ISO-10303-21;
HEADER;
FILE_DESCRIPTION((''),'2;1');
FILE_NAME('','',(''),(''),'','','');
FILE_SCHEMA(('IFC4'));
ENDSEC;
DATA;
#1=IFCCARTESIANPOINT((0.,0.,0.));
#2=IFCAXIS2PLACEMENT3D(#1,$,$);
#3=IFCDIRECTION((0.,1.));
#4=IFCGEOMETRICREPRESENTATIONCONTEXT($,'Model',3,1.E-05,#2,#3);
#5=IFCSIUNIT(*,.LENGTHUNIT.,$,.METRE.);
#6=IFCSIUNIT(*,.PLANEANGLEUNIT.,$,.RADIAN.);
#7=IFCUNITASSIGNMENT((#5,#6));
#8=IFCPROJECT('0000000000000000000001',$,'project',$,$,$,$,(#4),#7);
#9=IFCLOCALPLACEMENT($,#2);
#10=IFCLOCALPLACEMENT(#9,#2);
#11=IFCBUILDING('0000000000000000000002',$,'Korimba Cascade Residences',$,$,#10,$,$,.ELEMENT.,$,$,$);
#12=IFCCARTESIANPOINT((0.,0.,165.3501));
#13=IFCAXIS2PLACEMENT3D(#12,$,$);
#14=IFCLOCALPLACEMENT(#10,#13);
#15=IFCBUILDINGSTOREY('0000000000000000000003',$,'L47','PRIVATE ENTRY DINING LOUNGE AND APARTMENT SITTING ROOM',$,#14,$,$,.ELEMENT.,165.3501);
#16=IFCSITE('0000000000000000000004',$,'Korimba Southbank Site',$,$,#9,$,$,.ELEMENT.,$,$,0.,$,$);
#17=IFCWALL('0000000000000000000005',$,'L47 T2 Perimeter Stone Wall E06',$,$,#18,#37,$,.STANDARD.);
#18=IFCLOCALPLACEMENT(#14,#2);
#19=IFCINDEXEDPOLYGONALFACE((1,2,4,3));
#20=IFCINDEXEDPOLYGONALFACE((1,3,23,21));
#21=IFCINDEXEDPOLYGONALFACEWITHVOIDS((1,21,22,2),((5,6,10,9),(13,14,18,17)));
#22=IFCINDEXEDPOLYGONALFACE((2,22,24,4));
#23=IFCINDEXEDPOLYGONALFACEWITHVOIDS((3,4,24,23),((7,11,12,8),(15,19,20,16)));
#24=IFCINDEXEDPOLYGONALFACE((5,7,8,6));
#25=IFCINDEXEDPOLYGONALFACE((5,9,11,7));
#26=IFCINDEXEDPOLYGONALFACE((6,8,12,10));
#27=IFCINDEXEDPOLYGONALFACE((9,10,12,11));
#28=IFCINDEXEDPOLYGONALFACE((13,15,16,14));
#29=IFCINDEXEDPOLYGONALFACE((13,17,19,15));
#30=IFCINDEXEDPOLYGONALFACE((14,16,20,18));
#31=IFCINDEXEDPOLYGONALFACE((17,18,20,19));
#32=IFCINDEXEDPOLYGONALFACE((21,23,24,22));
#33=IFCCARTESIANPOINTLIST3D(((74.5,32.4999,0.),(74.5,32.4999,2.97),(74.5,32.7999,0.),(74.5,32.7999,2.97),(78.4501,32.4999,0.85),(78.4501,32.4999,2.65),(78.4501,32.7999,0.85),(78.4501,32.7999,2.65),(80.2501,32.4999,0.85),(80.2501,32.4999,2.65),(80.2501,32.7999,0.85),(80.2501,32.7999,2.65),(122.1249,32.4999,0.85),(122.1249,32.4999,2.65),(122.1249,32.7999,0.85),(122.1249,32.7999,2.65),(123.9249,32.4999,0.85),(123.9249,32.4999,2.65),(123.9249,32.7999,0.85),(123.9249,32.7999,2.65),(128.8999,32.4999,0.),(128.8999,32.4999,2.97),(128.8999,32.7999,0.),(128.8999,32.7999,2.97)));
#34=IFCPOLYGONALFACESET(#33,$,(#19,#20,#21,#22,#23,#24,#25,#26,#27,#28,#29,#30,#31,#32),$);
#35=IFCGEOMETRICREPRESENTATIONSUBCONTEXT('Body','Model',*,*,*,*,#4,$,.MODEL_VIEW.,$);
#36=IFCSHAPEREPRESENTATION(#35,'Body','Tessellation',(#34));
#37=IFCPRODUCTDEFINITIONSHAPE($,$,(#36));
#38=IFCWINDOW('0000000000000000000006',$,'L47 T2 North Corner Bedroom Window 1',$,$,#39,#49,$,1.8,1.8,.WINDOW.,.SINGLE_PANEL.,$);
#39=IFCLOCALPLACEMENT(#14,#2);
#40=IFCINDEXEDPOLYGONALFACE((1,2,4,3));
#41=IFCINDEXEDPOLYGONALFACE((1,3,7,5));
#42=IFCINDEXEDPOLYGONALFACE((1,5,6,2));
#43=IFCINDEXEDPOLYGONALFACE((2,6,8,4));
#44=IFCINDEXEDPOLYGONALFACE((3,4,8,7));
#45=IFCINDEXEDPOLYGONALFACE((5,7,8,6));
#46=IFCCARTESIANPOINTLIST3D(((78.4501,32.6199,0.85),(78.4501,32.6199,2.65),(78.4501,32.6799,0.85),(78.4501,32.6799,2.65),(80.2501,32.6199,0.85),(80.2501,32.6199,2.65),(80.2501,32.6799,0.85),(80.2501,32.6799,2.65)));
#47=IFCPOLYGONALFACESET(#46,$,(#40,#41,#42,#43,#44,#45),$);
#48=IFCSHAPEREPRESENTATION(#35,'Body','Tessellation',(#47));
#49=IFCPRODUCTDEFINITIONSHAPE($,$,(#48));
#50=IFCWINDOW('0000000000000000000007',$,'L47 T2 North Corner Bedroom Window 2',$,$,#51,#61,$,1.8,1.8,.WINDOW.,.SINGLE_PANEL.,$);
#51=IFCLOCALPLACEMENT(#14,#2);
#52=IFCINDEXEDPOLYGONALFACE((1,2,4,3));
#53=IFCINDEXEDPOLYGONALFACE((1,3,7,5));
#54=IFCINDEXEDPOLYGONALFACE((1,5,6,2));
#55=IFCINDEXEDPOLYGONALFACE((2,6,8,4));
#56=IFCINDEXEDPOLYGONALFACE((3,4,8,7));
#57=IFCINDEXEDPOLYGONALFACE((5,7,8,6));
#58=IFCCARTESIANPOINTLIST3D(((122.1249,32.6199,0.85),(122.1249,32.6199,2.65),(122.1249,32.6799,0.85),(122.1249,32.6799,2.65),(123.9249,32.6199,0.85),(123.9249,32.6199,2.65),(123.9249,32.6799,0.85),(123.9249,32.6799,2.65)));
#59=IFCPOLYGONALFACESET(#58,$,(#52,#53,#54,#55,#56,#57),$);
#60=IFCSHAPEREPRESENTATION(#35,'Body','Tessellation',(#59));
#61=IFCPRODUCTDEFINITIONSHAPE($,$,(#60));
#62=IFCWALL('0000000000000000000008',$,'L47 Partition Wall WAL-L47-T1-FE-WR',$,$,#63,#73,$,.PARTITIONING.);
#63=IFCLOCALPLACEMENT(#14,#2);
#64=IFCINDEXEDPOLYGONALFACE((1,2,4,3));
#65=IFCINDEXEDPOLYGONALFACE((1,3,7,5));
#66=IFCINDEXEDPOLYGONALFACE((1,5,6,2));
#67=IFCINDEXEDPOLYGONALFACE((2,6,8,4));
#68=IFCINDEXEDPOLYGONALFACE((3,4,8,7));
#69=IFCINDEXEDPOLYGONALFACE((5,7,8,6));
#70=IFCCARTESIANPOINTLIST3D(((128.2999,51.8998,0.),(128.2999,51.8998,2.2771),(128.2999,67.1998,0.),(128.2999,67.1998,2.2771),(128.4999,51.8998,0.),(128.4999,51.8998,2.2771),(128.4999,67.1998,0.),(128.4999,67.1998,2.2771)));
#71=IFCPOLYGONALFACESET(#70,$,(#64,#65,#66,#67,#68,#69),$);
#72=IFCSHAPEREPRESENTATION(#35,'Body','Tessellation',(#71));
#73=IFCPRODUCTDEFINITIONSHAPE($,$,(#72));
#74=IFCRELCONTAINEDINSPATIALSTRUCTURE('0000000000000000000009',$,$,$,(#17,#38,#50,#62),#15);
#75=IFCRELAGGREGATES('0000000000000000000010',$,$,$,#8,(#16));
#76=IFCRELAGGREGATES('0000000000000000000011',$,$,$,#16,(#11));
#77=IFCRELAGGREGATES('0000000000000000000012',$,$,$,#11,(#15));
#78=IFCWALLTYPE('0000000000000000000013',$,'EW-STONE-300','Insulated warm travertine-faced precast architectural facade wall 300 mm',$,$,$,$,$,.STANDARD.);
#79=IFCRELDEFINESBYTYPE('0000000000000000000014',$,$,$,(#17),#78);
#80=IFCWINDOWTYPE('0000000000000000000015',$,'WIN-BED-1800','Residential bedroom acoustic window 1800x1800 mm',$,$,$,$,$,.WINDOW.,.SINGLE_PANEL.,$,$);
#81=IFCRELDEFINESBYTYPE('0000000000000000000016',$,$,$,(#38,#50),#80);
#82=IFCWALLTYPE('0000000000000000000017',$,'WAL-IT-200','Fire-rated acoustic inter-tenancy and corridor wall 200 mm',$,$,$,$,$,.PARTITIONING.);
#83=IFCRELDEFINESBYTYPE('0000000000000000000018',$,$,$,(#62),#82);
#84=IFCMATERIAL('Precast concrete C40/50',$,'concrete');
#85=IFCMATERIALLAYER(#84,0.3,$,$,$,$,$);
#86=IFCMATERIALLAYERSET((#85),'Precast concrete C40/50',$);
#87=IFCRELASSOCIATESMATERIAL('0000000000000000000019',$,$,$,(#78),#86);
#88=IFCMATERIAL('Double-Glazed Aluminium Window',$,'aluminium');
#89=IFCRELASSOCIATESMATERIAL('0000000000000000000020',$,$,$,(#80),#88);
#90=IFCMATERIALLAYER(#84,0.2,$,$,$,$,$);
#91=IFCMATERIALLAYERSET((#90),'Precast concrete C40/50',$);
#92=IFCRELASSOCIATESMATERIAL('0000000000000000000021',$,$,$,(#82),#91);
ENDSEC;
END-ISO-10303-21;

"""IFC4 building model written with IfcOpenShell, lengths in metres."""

from ifc_helpers import new_model, si_unit, direction, frame, frame_2d, origin, place, context, subcontext, project, spatial, rectangle, extrude, material, layer, layer_set, type_object, element, fill, save


model = new_model("IFC4")

# Units and contexts
model_context = context("Model", 3, precision=1e-05, world=origin(), true_north=direction((0.0, 1.0)))
body_context = subcontext(model_context, "Body", "Model", "MODEL_VIEW")
ifc_project = project(units=[si_unit("LENGTHUNIT", "METRE"), si_unit("PLANEANGLEUNIT", "RADIAN")], contexts=[model_context])

# Site, building, storey
site_placement = place(None, origin())
site = spatial("IfcSite", under=ifc_project, at=site_placement, Name="Korimba Southbank Site", CompositionType="ELEMENT", RefElevation=0.0)
building_placement = place(site_placement, origin())
building = spatial("IfcBuilding", under=site, at=building_placement, Name="Korimba Cascade Residences", CompositionType="ELEMENT")
storey_placement = place(building_placement, frame((0.0, 0.0, 165.3501)))
storey = spatial("IfcBuildingStorey", under=building, at=storey_placement, Name="L47", Description="PRIVATE ENTRY DINING LOUNGE AND APARTMENT SITTING ROOM", CompositionType="ELEMENT", Elevation=165.3501)

# Shared definitions
ifc_material_1 = material(Name="Precast concrete C40/50", Category="concrete")
ifc_layer_1 = layer(ifc_material_1, 0.3)
ifc_layer_set_1 = layer_set([ifc_layer_1], Name="Precast concrete C40/50")
wall_type_1 = type_object("IfcWallType", Name="EW-STONE-300", Description="Insulated warm travertine-faced precast architectural facade wall 300 mm", PredefinedType="STANDARD", material=ifc_layer_set_1)

# Wall, openings, windows
ifc_material_2 = material(Name="Double-Glazed Aluminium Window", Category="aluminium")
wall_1_placement = place(storey_placement, frame((128.8999, 32.6499, 0.0), z_axis=(0.0, 0.0, 1.0), x_axis=(-1.0, 0.0, 0.0)))
wall_1 = element("IfcWall", 1, at=wall_1_placement, inside=storey, type_object=wall_type_1, Name="L47 T2 Perimeter Stone Wall E06", PredefinedType="STANDARD", context=body_context, shape_type="SweptSolid", body=[
    extrude(rectangle(XDim=54.3999, YDim=0.3, at=frame_2d((27.2, 0.0))), origin(), (0.0, 0.0, 1.0), 2.97),
])
opening_1_placement = place(wall_1_placement, frame((48.6499, 0.0, 0.8501)))
opening_1 = element("IfcOpeningElement", 2, at=opening_1_placement, cuts=wall_1, PredefinedType="OPENING", context=body_context, shape_type="SweptSolid", body=[
    extrude(rectangle(XDim=1.8, YDim=1.8, at=frame_2d((0.8999, 0.8999))), frame((0.0, 0.1602, 0.0), z_axis=(0.0, -1.0, 0.0), x_axis=(1.0, 0.0, 0.0)), (0.0, 0.0, 1.0), 0.3201),
])
opening_2_placement = place(wall_1_placement, frame((4.9751, 0.0, 0.8501)))
opening_2 = element("IfcOpeningElement", 3, at=opening_2_placement, cuts=wall_1, PredefinedType="OPENING", context=body_context, shape_type="SweptSolid", body=[
    extrude(rectangle(XDim=1.8, YDim=1.8, at=frame_2d((0.8999, 0.8999))), frame((0.0, 0.1602, 0.0), z_axis=(0.0, -1.0, 0.0), x_axis=(1.0, 0.0, 0.0)), (0.0, 0.0, 1.0), 0.3201),
])
window_type_1 = type_object("IfcWindowType", Name="WIN-BED-1800", Description="Residential bedroom acoustic window 1800x1800 mm", PartitioningType="SINGLE_PANEL", PredefinedType="WINDOW", material=ifc_material_2)
window_1_placement = place(opening_1_placement, origin())
window_1 = element("IfcWindow", 4, at=window_1_placement, inside=storey, type_object=window_type_1, Name="L47 T2 North Corner Bedroom Window 1", OverallHeight=1.8, OverallWidth=1.8, PartitioningType="SINGLE_PANEL", PredefinedType="WINDOW", context=body_context, shape_type="SweptSolid", body=[
    extrude(rectangle(XDim=1.8, YDim=1.8, at=frame_2d((0.8999, 0.8999))), frame((0.0, 0.03, 0.0), z_axis=(0.0, -1.0, 0.0), x_axis=(1.0, 0.0, 0.0)), (0.0, 0.0, 1.0), 0.0601),
])
fill(opening_1, window_1)
window_2_placement = place(opening_2_placement, origin())
window_2 = element("IfcWindow", 5, at=window_2_placement, inside=storey, type_object=window_type_1, Name="L47 T2 North Corner Bedroom Window 2", OverallHeight=1.8, OverallWidth=1.8, PartitioningType="SINGLE_PANEL", PredefinedType="WINDOW", context=body_context, shape_type="SweptSolid", body=[
    extrude(rectangle(XDim=1.8, YDim=1.8, at=frame_2d((0.8999, 0.8999))), frame((0.0, 0.03, 0.0), z_axis=(0.0, -1.0, 0.0), x_axis=(1.0, 0.0, 0.0)), (0.0, 0.0, 1.0), 0.0601),
])
fill(opening_2, window_2)

# Wall
ifc_layer_2 = layer(ifc_material_1, 0.2)
ifc_layer_set_2 = layer_set([ifc_layer_2], Name="Precast concrete C40/50")
wall_type_2 = type_object("IfcWallType", Name="WAL-IT-200", Description="Fire-rated acoustic inter-tenancy and corridor wall 200 mm", PredefinedType="PARTITIONING", material=ifc_layer_set_2)
wall_2_placement = place(storey_placement, frame((128.3999, 51.8999, 0.0), z_axis=(0.0, 0.0, 1.0), x_axis=(0.0, 1.0, 0.0)))
element("IfcWall", 6, at=wall_2_placement, inside=storey, type_object=wall_type_2, Name="L47 Partition Wall WAL-L47-T1-FE-WR", PredefinedType="PARTITIONING", context=body_context, shape_type="SweptSolid", body=[
    extrude(rectangle(XDim=15.3, YDim=0.2, at=frame_2d((7.6499, 0.0))), origin(), (0.0, 0.0, 1.0), 2.2771),
])

save(model, "model.ifc")
